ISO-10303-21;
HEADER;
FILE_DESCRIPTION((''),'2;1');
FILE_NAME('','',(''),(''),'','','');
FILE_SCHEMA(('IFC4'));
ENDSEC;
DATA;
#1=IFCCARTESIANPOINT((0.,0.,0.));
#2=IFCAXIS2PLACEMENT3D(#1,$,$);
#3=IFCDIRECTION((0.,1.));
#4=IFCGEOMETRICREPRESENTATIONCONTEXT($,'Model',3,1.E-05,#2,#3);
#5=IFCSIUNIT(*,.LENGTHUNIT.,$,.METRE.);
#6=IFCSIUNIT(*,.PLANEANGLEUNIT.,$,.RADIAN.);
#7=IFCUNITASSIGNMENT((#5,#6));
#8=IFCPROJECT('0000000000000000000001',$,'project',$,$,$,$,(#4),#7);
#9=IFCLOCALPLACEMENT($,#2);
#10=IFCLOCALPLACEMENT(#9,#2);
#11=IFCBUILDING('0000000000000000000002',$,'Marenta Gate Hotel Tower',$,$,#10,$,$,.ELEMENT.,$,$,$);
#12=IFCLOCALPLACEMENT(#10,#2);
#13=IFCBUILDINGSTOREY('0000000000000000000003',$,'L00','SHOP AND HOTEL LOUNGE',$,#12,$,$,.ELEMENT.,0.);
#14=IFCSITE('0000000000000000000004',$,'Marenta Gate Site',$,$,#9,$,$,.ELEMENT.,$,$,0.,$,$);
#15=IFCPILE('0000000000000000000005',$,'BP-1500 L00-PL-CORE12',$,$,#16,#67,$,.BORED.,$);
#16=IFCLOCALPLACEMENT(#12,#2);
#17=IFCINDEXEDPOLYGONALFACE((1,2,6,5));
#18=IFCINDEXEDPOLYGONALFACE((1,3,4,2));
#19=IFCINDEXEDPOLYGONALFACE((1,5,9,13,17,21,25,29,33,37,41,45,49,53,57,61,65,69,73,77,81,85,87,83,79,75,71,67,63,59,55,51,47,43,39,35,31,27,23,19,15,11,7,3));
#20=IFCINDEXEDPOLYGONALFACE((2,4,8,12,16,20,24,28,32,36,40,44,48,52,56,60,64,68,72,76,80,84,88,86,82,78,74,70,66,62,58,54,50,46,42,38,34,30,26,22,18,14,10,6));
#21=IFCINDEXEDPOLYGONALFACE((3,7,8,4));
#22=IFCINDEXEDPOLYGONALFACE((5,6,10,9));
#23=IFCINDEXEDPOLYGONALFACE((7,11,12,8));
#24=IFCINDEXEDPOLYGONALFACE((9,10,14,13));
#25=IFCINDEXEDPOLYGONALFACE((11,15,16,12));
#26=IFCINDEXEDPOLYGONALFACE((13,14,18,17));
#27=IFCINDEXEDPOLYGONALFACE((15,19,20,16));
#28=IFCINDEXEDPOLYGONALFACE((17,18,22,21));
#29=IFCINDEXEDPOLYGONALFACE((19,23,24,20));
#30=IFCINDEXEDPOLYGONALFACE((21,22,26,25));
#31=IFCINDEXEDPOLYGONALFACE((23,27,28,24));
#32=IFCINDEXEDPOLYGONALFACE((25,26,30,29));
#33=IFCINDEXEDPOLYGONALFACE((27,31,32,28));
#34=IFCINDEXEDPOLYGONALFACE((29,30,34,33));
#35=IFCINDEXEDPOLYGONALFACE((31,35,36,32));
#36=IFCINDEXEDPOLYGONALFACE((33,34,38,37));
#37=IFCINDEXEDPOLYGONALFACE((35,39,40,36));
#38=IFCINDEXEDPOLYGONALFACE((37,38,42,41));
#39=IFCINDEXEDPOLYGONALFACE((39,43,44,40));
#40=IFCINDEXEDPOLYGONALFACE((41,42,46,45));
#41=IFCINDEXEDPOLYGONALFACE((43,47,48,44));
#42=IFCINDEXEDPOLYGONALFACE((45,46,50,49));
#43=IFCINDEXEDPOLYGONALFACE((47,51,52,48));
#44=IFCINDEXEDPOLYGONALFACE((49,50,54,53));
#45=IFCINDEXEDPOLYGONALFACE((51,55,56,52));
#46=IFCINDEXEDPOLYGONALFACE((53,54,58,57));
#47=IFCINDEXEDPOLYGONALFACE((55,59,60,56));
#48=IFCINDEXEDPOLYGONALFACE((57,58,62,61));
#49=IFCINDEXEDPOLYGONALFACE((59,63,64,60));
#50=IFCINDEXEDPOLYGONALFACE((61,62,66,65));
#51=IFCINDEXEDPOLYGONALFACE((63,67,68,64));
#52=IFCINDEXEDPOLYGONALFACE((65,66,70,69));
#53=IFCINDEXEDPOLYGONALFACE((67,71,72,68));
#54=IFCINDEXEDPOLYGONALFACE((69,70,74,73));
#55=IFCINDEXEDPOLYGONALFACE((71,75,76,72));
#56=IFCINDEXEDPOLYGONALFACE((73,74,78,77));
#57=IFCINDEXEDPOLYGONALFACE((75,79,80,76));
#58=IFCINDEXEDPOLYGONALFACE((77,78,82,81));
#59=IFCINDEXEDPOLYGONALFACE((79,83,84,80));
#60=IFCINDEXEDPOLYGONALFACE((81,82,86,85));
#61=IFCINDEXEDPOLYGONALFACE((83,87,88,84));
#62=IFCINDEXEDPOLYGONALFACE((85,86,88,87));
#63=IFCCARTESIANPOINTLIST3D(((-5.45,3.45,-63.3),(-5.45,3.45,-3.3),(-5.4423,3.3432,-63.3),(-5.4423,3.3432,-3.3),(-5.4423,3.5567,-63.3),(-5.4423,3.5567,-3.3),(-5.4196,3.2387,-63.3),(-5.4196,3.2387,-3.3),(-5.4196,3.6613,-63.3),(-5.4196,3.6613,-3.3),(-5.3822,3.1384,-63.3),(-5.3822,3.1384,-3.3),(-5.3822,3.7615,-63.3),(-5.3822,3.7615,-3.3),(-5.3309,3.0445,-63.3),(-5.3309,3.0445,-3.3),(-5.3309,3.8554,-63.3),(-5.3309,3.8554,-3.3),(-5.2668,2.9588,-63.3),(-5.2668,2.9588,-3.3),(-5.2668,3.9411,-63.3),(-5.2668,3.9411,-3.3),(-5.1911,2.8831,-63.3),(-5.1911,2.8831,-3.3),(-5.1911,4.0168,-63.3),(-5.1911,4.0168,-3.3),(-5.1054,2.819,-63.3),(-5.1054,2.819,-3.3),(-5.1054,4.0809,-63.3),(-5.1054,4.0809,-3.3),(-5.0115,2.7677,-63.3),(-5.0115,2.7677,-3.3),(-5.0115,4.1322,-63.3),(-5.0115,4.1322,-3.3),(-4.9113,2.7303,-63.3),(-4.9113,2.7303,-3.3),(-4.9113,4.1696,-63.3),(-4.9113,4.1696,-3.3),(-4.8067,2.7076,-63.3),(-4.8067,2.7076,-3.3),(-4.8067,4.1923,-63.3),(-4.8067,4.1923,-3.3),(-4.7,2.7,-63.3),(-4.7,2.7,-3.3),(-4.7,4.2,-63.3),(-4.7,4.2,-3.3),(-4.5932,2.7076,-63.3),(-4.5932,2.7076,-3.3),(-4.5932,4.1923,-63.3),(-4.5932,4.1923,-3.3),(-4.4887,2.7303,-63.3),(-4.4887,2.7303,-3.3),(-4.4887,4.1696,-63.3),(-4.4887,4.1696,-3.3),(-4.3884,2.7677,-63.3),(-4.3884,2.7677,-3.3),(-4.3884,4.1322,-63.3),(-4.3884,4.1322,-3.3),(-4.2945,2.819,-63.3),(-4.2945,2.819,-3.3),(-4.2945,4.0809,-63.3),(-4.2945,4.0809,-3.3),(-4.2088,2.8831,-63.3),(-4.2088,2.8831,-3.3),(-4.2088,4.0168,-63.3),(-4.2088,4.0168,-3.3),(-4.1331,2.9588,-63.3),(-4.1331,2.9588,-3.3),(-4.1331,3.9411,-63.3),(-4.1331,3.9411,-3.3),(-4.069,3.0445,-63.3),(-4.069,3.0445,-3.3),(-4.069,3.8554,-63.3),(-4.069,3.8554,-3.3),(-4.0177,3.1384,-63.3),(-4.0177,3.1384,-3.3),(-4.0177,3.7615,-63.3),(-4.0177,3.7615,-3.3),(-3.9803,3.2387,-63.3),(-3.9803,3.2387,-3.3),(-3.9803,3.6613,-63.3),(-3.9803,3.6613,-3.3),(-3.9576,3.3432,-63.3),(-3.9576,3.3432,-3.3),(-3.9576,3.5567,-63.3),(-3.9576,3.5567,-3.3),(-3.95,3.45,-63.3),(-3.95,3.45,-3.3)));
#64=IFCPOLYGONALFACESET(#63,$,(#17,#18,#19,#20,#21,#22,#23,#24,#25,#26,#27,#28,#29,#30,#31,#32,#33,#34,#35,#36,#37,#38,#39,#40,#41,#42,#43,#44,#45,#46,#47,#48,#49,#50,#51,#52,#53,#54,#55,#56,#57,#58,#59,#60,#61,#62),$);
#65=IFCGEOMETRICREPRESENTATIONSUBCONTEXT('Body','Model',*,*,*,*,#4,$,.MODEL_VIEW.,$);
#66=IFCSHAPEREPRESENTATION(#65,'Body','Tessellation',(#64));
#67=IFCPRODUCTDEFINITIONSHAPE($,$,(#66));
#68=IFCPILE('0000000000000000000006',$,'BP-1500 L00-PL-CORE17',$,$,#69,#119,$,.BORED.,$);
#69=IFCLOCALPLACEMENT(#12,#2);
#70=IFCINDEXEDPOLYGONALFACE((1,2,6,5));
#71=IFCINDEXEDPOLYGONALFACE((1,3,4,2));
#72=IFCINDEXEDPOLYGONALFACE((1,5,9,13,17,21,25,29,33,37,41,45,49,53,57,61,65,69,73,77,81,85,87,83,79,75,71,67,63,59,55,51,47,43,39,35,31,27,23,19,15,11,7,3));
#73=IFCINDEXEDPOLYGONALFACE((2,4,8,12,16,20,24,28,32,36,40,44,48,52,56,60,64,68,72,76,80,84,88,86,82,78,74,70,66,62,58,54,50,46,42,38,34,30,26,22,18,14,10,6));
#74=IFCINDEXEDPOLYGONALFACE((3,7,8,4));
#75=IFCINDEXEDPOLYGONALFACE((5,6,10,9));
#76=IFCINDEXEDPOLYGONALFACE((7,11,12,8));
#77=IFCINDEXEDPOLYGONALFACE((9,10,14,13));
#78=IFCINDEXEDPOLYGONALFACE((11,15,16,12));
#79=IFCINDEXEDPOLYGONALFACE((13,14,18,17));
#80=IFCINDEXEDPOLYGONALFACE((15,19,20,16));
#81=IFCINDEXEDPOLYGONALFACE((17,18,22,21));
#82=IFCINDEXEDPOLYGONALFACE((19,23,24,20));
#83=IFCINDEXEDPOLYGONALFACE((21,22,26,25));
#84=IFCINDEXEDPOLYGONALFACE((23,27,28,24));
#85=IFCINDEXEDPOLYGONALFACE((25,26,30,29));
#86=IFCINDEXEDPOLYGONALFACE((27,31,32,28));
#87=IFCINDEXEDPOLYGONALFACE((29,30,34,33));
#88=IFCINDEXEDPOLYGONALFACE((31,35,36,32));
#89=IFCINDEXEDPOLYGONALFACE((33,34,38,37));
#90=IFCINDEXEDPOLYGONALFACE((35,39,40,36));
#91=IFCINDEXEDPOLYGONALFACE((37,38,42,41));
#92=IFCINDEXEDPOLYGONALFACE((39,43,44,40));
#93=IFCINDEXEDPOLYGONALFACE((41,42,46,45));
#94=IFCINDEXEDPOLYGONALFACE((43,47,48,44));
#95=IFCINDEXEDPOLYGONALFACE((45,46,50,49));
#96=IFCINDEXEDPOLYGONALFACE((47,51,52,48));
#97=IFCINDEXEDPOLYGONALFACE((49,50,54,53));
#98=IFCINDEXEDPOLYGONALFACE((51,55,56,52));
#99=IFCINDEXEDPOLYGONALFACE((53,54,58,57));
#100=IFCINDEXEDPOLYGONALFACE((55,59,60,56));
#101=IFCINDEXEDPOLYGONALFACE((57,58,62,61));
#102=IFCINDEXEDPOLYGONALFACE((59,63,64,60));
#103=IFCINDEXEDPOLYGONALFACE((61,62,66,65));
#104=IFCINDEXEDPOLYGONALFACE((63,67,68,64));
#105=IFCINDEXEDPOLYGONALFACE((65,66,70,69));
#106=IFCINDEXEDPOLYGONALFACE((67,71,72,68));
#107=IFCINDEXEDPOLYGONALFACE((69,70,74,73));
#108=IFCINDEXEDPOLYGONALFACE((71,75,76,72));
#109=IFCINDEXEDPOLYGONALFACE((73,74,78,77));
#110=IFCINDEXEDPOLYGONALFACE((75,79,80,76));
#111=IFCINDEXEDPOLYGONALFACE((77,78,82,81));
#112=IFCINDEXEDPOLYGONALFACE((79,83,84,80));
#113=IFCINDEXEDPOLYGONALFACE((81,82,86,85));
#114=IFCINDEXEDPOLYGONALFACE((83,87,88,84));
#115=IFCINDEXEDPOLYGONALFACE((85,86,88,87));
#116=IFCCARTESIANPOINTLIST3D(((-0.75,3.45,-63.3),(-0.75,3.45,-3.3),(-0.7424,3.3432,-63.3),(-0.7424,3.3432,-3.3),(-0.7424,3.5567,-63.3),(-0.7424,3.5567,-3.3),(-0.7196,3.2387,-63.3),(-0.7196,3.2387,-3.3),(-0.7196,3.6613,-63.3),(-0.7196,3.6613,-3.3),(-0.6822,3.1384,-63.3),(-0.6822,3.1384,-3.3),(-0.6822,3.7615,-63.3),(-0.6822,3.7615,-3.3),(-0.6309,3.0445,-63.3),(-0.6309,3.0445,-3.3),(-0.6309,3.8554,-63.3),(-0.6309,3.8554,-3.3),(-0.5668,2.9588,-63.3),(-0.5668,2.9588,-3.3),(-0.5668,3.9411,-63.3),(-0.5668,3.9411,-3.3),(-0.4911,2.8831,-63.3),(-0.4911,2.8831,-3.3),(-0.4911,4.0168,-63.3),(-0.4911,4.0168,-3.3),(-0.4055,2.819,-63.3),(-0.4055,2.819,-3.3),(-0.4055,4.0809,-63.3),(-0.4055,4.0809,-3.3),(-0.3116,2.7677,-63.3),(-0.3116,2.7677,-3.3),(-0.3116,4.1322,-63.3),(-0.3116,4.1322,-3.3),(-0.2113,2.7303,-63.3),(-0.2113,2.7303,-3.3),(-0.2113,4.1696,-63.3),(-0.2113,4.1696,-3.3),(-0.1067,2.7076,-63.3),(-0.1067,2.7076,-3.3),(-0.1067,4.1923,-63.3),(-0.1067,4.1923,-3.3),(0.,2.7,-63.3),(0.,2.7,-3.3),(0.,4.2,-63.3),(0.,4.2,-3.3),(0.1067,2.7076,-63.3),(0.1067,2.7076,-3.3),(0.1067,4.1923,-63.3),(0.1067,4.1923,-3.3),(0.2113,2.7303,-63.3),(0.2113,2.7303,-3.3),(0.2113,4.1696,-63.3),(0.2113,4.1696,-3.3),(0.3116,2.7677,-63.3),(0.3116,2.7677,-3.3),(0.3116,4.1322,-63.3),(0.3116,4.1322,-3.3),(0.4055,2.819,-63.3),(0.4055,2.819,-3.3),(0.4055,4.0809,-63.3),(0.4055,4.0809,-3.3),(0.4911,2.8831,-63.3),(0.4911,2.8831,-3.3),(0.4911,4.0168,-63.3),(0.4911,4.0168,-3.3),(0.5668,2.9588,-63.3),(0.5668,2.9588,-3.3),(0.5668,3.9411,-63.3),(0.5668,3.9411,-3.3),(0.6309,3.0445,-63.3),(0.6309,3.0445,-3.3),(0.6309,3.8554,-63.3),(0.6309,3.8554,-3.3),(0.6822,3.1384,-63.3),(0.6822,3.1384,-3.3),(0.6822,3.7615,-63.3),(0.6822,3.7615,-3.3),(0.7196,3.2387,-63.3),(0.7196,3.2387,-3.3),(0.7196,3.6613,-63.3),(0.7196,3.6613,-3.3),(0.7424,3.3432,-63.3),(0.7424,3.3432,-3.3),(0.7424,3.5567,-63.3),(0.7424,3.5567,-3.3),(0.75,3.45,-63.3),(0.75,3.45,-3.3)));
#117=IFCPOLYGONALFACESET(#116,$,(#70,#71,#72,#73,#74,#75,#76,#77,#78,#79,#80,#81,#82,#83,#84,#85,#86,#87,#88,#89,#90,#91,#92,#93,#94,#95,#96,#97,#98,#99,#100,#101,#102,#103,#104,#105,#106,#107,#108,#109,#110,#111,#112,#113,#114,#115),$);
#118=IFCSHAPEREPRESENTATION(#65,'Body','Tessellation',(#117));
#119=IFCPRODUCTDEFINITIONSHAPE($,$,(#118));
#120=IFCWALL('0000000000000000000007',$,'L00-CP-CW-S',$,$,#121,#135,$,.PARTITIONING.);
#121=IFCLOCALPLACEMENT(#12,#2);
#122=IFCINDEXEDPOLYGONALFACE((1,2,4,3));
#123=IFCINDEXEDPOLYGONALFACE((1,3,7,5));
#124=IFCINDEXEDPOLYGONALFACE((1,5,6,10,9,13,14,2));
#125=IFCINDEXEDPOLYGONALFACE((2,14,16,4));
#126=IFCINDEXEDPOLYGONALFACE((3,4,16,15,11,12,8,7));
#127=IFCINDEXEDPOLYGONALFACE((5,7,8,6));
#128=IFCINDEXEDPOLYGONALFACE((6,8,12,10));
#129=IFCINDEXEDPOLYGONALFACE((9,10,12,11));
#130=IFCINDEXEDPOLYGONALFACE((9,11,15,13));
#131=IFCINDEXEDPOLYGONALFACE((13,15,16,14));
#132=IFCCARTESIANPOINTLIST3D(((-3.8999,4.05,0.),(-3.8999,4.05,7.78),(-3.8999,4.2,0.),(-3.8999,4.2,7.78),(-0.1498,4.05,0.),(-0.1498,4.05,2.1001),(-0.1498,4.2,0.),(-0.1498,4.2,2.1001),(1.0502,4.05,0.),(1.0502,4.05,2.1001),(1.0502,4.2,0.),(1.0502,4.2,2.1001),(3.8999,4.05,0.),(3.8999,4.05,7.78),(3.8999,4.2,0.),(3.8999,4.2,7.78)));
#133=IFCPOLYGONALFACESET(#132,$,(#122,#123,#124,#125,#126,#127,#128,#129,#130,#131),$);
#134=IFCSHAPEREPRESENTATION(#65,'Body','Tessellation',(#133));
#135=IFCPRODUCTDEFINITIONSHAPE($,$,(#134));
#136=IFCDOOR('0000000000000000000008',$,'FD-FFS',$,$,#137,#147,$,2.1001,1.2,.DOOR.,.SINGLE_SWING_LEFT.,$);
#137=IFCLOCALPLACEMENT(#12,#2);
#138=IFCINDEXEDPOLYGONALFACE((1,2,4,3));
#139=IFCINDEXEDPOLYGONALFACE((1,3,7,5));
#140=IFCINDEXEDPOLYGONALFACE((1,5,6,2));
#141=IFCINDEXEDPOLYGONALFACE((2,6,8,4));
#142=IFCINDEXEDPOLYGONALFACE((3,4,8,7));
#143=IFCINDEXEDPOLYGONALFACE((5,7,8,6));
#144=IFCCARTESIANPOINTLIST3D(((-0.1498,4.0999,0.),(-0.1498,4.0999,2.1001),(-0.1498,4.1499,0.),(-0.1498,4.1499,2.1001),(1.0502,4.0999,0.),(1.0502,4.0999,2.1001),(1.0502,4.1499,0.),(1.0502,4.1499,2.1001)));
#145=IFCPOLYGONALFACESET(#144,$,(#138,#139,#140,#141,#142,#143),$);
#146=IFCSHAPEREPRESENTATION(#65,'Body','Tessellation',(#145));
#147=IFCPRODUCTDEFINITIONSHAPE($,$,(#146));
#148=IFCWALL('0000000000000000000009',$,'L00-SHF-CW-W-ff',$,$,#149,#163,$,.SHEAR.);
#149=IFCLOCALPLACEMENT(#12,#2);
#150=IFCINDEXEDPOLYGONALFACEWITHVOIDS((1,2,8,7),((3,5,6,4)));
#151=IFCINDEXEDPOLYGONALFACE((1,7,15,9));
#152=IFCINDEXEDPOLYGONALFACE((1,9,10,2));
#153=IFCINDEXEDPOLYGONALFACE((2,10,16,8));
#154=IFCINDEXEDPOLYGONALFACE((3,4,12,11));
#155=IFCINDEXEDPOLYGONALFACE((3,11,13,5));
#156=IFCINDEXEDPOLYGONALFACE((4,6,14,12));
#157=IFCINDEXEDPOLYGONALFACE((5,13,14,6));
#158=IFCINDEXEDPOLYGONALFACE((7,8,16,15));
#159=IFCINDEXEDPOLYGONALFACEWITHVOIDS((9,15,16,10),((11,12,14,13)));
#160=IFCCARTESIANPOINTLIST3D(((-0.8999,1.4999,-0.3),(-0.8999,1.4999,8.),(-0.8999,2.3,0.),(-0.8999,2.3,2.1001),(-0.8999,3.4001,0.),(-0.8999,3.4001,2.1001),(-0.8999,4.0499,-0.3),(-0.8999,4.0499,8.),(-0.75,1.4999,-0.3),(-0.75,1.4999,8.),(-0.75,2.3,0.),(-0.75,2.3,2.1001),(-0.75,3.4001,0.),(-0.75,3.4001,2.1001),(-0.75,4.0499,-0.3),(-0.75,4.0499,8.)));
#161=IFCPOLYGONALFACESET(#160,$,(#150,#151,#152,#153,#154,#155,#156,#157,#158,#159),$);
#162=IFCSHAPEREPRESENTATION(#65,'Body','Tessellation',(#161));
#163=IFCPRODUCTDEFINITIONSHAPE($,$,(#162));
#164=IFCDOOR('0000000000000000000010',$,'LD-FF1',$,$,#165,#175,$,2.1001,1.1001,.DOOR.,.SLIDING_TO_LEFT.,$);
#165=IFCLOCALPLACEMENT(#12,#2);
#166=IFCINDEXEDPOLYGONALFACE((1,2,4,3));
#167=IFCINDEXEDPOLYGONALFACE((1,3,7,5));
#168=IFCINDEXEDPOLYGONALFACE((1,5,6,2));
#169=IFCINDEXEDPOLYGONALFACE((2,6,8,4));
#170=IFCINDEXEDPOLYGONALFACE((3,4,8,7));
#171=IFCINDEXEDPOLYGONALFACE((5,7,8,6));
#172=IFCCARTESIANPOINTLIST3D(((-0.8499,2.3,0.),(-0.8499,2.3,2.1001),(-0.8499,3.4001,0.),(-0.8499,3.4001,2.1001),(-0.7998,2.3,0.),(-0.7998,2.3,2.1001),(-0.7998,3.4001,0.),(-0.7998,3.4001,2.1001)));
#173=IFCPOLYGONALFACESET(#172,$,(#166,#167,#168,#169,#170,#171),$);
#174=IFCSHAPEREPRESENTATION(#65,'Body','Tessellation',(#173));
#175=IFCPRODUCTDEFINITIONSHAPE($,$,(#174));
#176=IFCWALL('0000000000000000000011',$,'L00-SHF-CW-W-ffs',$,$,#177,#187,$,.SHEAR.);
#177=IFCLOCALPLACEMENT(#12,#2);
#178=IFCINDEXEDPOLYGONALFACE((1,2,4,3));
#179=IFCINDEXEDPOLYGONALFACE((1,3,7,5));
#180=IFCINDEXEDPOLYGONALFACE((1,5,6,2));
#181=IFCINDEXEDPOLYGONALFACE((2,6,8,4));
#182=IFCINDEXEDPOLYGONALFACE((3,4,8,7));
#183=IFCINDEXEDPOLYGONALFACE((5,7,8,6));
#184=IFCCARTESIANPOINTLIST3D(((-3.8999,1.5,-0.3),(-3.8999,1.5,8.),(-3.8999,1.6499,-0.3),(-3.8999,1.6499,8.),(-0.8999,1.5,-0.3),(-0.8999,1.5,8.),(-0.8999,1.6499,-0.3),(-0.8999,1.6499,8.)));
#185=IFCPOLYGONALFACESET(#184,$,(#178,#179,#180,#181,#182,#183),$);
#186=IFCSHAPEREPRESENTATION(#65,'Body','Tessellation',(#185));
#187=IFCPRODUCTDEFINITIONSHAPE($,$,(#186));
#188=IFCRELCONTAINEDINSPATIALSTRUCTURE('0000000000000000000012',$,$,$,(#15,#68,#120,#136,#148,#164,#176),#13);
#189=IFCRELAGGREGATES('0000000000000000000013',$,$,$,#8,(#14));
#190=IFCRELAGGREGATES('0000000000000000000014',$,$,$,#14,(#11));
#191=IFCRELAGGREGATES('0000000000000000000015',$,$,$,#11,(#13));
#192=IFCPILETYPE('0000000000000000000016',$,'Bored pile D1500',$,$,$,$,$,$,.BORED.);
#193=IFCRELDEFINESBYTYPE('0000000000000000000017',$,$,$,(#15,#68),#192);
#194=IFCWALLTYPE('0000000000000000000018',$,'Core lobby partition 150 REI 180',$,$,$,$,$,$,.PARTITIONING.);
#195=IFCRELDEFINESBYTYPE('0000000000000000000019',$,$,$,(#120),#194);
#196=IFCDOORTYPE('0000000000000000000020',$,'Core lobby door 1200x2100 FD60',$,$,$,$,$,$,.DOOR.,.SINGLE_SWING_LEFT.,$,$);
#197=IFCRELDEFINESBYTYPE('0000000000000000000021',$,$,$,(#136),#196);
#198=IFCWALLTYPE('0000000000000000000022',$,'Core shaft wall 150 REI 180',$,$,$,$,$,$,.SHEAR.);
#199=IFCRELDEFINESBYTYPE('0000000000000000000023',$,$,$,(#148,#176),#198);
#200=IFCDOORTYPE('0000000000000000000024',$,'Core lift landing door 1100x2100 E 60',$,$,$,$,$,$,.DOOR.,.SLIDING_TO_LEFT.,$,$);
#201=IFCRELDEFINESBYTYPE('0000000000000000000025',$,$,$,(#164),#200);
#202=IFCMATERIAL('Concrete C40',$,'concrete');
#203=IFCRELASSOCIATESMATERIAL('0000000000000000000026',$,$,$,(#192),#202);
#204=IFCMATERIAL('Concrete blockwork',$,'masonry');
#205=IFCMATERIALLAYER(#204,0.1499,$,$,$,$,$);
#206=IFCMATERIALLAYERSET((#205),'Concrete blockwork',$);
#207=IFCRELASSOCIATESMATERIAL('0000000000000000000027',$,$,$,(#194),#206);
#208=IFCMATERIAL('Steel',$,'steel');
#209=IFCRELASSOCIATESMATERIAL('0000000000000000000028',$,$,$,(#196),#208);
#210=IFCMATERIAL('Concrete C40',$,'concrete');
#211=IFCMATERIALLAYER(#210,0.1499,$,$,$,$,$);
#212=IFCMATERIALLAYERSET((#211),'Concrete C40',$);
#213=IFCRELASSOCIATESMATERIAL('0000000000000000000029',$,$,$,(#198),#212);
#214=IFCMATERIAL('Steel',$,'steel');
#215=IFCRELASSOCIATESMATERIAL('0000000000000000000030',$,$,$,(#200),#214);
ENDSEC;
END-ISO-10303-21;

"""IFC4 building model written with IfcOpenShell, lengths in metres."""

from ifc_helpers import new_model, si_unit, direction, frame, frame_2d, origin, origin_2d, place, context, subcontext, project, spatial, rectangle, circle, extrude, material, layer, layer_set, type_object, element, fill, save


model = new_model("IFC4")

# Units and contexts
model_context = context("Model", 3, precision=1e-05, world=origin(), true_north=direction((0.0, 1.0)))
body_context = subcontext(model_context, "Body", "Model", "MODEL_VIEW")
ifc_project = project(units=[si_unit("LENGTHUNIT", "METRE"), si_unit("PLANEANGLEUNIT", "RADIAN")], contexts=[model_context])

# Site, building, storey
site_placement = place(None, origin())
site = spatial("IfcSite", under=ifc_project, at=site_placement, Name="Marenta Gate Site", CompositionType="ELEMENT", RefElevation=0.0)
building_placement = place(site_placement, origin())
building = spatial("IfcBuilding", under=site, at=building_placement, Name="Marenta Gate Hotel Tower", CompositionType="ELEMENT")
storey_placement = place(building_placement, origin())
storey = spatial("IfcBuildingStorey", under=building, at=storey_placement, Name="L00", Description="SHOP AND HOTEL LOUNGE", CompositionType="ELEMENT", Elevation=0.0)

# Piles
ifc_material_1 = material(Name="Concrete C40", Category="concrete")
pile_type = type_object("IfcPileType", Name="Bored pile D1500", PredefinedType="BORED", material=ifc_material_1)
for number, where, z_axis, x_axis, name in (
    (1, (-4.7, 3.45, -3.3), (0.0, 0.0, -1.0), (1.0, 0.0, 0.0), "BP-1500 L00-PL-CORE12"),
    (2, (0.0, 3.45, -3.3), (0.0, 0.0, -1.0), (1.0, 0.0, 0.0), "BP-1500 L00-PL-CORE17"),
):
    element("IfcPile", number, at=place(storey_placement, frame(where, z_axis=z_axis, x_axis=x_axis)), inside=storey, type_object=pile_type, Name=name, PredefinedType="BORED", context=body_context, shape_type="SweptSolid", body=[
        extrude(circle(Radius=0.75, at=origin_2d()), origin(), (0.0, 0.0, 1.0), 60.0),
    ])

# Walls, openings, doors
ifc_material_2 = material(Name="Concrete blockwork", Category="masonry")
ifc_layer_1 = layer(ifc_material_2, 0.1499)
ifc_layer_set_1 = layer_set([ifc_layer_1], Name="Concrete blockwork")
wall_type_1 = type_object("IfcWallType", Name="Core lobby partition 150 REI 180", PredefinedType="PARTITIONING", material=ifc_layer_set_1)
wall_1_placement = place(storey_placement, frame((-3.8999, 4.125, 0.0), z_axis=(0.0, 0.0, 1.0), x_axis=(1.0, 0.0, 0.0)))
wall_1 = element("IfcWall", 3, at=wall_1_placement, inside=storey, type_object=wall_type_1, Name="L00-CP-CW-S", PredefinedType="PARTITIONING", context=body_context, shape_type="SweptSolid", body=[
    extrude(rectangle(XDim=7.7998, YDim=0.1499, at=frame_2d((3.8999, 0.0))), origin(), (0.0, 0.0, 1.0), 7.78),
])
opening_1_placement = place(wall_1_placement, frame((3.75, 0.0, 0.0)))
opening_1 = element("IfcOpeningElement", 4, at=opening_1_placement, cuts=wall_1, PredefinedType="OPENING", context=body_context, shape_type="SweptSolid", body=[
    extrude(rectangle(XDim=1.2, YDim=2.1001, at=frame_2d((0.6001, 1.05))), frame((0.0, 0.075, 0.0), z_axis=(0.0, -1.0, 0.0), x_axis=(1.0, 0.0, 0.0)), (0.0, 0.0, 1.0), 0.1499),
])
ifc_material_3 = material(Name="Steel", Category="steel")
door_type_1 = type_object("IfcDoorType", Name="Core lobby door 1200x2100 FD60", OperationType="SINGLE_SWING_LEFT", PredefinedType="DOOR", material=ifc_material_3)
door_1_placement = place(opening_1_placement, origin())
door_1 = element("IfcDoor", 5, at=door_1_placement, inside=storey, type_object=door_type_1, Name="FD-FFS", OperationType="SINGLE_SWING_LEFT", OverallHeight=2.1001, OverallWidth=1.2, PredefinedType="DOOR", context=body_context, shape_type="SweptSolid", body=[
    extrude(rectangle(XDim=1.2, YDim=2.1001, at=frame_2d((0.6001, 1.05))), frame((0.0, 0.0249, 0.0), z_axis=(0.0, -1.0, 0.0), x_axis=(1.0, 0.0, 0.0)), (0.0, 0.0, 1.0), 0.05),
])
fill(opening_1, door_1)
ifc_material_4 = material(Name="Concrete C40", Category="concrete")
ifc_layer_2 = layer(ifc_material_4, 0.1499)
ifc_layer_set_2 = layer_set([ifc_layer_2], Name="Concrete C40")
wall_type_2 = type_object("IfcWallType", Name="Core shaft wall 150 REI 180", PredefinedType="SHEAR", material=ifc_layer_set_2)
wall_2_placement = place(storey_placement, frame((-0.825, 1.5, -0.3), z_axis=(0.0, 0.0, 1.0), x_axis=(0.0, 1.0, 0.0)))
wall_2 = element("IfcWall", 6, at=wall_2_placement, inside=storey, type_object=wall_type_2, Name="L00-SHF-CW-W-ff", PredefinedType="SHEAR", context=body_context, shape_type="SweptSolid", body=[
    extrude(rectangle(XDim=2.55, YDim=0.1499, at=frame_2d((1.2749, 0.0))), origin(), (0.0, 0.0, 1.0), 8.3),
])
opening_2_placement = place(wall_2_placement, frame((0.8, 0.0, 0.3)))
opening_2 = element("IfcOpeningElement", 7, at=opening_2_placement, cuts=wall_2, PredefinedType="OPENING", context=body_context, shape_type="SweptSolid", body=[
    extrude(rectangle(XDim=1.1001, YDim=2.1001, at=frame_2d((0.55, 1.05))), frame((0.0, 0.075, 0.0), z_axis=(0.0, -1.0, 0.0), x_axis=(1.0, 0.0, 0.0)), (0.0, 0.0, 1.0), 0.1499),
])
ifc_material_5 = material(Name="Steel", Category="steel")
door_type_2 = type_object("IfcDoorType", Name="Core lift landing door 1100x2100 E 60", OperationType="SLIDING_TO_LEFT", PredefinedType="DOOR", material=ifc_material_5)
door_2_placement = place(opening_2_placement, origin())
door_2 = element("IfcDoor", 8, at=door_2_placement, inside=storey, type_object=door_type_2, Name="LD-FF1", OperationType="SLIDING_TO_LEFT", OverallHeight=2.1001, OverallWidth=1.1001, PredefinedType="DOOR", context=body_context, shape_type="SweptSolid", body=[
    extrude(rectangle(XDim=1.1001, YDim=2.1001, at=frame_2d((0.55, 1.05))), frame((0.0, 0.0249, 0.0), z_axis=(0.0, -1.0, 0.0), x_axis=(1.0, 0.0, 0.0)), (0.0, 0.0, 1.0), 0.05),
])
fill(opening_2, door_2)

# Wall
wall_3_placement = place(storey_placement, frame((-3.8999, 1.575, -0.3), z_axis=(0.0, 0.0, 1.0), x_axis=(1.0, 0.0, 0.0)))
element("IfcWall", 9, at=wall_3_placement, inside=storey, type_object=wall_type_2, Name="L00-SHF-CW-W-ffs", PredefinedType="SHEAR", context=body_context, shape_type="SweptSolid", body=[
    extrude(rectangle(XDim=3.0, YDim=0.1499, at=frame_2d((1.5, 0.0))), origin(), (0.0, 0.0, 1.0), 8.3),
])

save(model, "model.ifc")
